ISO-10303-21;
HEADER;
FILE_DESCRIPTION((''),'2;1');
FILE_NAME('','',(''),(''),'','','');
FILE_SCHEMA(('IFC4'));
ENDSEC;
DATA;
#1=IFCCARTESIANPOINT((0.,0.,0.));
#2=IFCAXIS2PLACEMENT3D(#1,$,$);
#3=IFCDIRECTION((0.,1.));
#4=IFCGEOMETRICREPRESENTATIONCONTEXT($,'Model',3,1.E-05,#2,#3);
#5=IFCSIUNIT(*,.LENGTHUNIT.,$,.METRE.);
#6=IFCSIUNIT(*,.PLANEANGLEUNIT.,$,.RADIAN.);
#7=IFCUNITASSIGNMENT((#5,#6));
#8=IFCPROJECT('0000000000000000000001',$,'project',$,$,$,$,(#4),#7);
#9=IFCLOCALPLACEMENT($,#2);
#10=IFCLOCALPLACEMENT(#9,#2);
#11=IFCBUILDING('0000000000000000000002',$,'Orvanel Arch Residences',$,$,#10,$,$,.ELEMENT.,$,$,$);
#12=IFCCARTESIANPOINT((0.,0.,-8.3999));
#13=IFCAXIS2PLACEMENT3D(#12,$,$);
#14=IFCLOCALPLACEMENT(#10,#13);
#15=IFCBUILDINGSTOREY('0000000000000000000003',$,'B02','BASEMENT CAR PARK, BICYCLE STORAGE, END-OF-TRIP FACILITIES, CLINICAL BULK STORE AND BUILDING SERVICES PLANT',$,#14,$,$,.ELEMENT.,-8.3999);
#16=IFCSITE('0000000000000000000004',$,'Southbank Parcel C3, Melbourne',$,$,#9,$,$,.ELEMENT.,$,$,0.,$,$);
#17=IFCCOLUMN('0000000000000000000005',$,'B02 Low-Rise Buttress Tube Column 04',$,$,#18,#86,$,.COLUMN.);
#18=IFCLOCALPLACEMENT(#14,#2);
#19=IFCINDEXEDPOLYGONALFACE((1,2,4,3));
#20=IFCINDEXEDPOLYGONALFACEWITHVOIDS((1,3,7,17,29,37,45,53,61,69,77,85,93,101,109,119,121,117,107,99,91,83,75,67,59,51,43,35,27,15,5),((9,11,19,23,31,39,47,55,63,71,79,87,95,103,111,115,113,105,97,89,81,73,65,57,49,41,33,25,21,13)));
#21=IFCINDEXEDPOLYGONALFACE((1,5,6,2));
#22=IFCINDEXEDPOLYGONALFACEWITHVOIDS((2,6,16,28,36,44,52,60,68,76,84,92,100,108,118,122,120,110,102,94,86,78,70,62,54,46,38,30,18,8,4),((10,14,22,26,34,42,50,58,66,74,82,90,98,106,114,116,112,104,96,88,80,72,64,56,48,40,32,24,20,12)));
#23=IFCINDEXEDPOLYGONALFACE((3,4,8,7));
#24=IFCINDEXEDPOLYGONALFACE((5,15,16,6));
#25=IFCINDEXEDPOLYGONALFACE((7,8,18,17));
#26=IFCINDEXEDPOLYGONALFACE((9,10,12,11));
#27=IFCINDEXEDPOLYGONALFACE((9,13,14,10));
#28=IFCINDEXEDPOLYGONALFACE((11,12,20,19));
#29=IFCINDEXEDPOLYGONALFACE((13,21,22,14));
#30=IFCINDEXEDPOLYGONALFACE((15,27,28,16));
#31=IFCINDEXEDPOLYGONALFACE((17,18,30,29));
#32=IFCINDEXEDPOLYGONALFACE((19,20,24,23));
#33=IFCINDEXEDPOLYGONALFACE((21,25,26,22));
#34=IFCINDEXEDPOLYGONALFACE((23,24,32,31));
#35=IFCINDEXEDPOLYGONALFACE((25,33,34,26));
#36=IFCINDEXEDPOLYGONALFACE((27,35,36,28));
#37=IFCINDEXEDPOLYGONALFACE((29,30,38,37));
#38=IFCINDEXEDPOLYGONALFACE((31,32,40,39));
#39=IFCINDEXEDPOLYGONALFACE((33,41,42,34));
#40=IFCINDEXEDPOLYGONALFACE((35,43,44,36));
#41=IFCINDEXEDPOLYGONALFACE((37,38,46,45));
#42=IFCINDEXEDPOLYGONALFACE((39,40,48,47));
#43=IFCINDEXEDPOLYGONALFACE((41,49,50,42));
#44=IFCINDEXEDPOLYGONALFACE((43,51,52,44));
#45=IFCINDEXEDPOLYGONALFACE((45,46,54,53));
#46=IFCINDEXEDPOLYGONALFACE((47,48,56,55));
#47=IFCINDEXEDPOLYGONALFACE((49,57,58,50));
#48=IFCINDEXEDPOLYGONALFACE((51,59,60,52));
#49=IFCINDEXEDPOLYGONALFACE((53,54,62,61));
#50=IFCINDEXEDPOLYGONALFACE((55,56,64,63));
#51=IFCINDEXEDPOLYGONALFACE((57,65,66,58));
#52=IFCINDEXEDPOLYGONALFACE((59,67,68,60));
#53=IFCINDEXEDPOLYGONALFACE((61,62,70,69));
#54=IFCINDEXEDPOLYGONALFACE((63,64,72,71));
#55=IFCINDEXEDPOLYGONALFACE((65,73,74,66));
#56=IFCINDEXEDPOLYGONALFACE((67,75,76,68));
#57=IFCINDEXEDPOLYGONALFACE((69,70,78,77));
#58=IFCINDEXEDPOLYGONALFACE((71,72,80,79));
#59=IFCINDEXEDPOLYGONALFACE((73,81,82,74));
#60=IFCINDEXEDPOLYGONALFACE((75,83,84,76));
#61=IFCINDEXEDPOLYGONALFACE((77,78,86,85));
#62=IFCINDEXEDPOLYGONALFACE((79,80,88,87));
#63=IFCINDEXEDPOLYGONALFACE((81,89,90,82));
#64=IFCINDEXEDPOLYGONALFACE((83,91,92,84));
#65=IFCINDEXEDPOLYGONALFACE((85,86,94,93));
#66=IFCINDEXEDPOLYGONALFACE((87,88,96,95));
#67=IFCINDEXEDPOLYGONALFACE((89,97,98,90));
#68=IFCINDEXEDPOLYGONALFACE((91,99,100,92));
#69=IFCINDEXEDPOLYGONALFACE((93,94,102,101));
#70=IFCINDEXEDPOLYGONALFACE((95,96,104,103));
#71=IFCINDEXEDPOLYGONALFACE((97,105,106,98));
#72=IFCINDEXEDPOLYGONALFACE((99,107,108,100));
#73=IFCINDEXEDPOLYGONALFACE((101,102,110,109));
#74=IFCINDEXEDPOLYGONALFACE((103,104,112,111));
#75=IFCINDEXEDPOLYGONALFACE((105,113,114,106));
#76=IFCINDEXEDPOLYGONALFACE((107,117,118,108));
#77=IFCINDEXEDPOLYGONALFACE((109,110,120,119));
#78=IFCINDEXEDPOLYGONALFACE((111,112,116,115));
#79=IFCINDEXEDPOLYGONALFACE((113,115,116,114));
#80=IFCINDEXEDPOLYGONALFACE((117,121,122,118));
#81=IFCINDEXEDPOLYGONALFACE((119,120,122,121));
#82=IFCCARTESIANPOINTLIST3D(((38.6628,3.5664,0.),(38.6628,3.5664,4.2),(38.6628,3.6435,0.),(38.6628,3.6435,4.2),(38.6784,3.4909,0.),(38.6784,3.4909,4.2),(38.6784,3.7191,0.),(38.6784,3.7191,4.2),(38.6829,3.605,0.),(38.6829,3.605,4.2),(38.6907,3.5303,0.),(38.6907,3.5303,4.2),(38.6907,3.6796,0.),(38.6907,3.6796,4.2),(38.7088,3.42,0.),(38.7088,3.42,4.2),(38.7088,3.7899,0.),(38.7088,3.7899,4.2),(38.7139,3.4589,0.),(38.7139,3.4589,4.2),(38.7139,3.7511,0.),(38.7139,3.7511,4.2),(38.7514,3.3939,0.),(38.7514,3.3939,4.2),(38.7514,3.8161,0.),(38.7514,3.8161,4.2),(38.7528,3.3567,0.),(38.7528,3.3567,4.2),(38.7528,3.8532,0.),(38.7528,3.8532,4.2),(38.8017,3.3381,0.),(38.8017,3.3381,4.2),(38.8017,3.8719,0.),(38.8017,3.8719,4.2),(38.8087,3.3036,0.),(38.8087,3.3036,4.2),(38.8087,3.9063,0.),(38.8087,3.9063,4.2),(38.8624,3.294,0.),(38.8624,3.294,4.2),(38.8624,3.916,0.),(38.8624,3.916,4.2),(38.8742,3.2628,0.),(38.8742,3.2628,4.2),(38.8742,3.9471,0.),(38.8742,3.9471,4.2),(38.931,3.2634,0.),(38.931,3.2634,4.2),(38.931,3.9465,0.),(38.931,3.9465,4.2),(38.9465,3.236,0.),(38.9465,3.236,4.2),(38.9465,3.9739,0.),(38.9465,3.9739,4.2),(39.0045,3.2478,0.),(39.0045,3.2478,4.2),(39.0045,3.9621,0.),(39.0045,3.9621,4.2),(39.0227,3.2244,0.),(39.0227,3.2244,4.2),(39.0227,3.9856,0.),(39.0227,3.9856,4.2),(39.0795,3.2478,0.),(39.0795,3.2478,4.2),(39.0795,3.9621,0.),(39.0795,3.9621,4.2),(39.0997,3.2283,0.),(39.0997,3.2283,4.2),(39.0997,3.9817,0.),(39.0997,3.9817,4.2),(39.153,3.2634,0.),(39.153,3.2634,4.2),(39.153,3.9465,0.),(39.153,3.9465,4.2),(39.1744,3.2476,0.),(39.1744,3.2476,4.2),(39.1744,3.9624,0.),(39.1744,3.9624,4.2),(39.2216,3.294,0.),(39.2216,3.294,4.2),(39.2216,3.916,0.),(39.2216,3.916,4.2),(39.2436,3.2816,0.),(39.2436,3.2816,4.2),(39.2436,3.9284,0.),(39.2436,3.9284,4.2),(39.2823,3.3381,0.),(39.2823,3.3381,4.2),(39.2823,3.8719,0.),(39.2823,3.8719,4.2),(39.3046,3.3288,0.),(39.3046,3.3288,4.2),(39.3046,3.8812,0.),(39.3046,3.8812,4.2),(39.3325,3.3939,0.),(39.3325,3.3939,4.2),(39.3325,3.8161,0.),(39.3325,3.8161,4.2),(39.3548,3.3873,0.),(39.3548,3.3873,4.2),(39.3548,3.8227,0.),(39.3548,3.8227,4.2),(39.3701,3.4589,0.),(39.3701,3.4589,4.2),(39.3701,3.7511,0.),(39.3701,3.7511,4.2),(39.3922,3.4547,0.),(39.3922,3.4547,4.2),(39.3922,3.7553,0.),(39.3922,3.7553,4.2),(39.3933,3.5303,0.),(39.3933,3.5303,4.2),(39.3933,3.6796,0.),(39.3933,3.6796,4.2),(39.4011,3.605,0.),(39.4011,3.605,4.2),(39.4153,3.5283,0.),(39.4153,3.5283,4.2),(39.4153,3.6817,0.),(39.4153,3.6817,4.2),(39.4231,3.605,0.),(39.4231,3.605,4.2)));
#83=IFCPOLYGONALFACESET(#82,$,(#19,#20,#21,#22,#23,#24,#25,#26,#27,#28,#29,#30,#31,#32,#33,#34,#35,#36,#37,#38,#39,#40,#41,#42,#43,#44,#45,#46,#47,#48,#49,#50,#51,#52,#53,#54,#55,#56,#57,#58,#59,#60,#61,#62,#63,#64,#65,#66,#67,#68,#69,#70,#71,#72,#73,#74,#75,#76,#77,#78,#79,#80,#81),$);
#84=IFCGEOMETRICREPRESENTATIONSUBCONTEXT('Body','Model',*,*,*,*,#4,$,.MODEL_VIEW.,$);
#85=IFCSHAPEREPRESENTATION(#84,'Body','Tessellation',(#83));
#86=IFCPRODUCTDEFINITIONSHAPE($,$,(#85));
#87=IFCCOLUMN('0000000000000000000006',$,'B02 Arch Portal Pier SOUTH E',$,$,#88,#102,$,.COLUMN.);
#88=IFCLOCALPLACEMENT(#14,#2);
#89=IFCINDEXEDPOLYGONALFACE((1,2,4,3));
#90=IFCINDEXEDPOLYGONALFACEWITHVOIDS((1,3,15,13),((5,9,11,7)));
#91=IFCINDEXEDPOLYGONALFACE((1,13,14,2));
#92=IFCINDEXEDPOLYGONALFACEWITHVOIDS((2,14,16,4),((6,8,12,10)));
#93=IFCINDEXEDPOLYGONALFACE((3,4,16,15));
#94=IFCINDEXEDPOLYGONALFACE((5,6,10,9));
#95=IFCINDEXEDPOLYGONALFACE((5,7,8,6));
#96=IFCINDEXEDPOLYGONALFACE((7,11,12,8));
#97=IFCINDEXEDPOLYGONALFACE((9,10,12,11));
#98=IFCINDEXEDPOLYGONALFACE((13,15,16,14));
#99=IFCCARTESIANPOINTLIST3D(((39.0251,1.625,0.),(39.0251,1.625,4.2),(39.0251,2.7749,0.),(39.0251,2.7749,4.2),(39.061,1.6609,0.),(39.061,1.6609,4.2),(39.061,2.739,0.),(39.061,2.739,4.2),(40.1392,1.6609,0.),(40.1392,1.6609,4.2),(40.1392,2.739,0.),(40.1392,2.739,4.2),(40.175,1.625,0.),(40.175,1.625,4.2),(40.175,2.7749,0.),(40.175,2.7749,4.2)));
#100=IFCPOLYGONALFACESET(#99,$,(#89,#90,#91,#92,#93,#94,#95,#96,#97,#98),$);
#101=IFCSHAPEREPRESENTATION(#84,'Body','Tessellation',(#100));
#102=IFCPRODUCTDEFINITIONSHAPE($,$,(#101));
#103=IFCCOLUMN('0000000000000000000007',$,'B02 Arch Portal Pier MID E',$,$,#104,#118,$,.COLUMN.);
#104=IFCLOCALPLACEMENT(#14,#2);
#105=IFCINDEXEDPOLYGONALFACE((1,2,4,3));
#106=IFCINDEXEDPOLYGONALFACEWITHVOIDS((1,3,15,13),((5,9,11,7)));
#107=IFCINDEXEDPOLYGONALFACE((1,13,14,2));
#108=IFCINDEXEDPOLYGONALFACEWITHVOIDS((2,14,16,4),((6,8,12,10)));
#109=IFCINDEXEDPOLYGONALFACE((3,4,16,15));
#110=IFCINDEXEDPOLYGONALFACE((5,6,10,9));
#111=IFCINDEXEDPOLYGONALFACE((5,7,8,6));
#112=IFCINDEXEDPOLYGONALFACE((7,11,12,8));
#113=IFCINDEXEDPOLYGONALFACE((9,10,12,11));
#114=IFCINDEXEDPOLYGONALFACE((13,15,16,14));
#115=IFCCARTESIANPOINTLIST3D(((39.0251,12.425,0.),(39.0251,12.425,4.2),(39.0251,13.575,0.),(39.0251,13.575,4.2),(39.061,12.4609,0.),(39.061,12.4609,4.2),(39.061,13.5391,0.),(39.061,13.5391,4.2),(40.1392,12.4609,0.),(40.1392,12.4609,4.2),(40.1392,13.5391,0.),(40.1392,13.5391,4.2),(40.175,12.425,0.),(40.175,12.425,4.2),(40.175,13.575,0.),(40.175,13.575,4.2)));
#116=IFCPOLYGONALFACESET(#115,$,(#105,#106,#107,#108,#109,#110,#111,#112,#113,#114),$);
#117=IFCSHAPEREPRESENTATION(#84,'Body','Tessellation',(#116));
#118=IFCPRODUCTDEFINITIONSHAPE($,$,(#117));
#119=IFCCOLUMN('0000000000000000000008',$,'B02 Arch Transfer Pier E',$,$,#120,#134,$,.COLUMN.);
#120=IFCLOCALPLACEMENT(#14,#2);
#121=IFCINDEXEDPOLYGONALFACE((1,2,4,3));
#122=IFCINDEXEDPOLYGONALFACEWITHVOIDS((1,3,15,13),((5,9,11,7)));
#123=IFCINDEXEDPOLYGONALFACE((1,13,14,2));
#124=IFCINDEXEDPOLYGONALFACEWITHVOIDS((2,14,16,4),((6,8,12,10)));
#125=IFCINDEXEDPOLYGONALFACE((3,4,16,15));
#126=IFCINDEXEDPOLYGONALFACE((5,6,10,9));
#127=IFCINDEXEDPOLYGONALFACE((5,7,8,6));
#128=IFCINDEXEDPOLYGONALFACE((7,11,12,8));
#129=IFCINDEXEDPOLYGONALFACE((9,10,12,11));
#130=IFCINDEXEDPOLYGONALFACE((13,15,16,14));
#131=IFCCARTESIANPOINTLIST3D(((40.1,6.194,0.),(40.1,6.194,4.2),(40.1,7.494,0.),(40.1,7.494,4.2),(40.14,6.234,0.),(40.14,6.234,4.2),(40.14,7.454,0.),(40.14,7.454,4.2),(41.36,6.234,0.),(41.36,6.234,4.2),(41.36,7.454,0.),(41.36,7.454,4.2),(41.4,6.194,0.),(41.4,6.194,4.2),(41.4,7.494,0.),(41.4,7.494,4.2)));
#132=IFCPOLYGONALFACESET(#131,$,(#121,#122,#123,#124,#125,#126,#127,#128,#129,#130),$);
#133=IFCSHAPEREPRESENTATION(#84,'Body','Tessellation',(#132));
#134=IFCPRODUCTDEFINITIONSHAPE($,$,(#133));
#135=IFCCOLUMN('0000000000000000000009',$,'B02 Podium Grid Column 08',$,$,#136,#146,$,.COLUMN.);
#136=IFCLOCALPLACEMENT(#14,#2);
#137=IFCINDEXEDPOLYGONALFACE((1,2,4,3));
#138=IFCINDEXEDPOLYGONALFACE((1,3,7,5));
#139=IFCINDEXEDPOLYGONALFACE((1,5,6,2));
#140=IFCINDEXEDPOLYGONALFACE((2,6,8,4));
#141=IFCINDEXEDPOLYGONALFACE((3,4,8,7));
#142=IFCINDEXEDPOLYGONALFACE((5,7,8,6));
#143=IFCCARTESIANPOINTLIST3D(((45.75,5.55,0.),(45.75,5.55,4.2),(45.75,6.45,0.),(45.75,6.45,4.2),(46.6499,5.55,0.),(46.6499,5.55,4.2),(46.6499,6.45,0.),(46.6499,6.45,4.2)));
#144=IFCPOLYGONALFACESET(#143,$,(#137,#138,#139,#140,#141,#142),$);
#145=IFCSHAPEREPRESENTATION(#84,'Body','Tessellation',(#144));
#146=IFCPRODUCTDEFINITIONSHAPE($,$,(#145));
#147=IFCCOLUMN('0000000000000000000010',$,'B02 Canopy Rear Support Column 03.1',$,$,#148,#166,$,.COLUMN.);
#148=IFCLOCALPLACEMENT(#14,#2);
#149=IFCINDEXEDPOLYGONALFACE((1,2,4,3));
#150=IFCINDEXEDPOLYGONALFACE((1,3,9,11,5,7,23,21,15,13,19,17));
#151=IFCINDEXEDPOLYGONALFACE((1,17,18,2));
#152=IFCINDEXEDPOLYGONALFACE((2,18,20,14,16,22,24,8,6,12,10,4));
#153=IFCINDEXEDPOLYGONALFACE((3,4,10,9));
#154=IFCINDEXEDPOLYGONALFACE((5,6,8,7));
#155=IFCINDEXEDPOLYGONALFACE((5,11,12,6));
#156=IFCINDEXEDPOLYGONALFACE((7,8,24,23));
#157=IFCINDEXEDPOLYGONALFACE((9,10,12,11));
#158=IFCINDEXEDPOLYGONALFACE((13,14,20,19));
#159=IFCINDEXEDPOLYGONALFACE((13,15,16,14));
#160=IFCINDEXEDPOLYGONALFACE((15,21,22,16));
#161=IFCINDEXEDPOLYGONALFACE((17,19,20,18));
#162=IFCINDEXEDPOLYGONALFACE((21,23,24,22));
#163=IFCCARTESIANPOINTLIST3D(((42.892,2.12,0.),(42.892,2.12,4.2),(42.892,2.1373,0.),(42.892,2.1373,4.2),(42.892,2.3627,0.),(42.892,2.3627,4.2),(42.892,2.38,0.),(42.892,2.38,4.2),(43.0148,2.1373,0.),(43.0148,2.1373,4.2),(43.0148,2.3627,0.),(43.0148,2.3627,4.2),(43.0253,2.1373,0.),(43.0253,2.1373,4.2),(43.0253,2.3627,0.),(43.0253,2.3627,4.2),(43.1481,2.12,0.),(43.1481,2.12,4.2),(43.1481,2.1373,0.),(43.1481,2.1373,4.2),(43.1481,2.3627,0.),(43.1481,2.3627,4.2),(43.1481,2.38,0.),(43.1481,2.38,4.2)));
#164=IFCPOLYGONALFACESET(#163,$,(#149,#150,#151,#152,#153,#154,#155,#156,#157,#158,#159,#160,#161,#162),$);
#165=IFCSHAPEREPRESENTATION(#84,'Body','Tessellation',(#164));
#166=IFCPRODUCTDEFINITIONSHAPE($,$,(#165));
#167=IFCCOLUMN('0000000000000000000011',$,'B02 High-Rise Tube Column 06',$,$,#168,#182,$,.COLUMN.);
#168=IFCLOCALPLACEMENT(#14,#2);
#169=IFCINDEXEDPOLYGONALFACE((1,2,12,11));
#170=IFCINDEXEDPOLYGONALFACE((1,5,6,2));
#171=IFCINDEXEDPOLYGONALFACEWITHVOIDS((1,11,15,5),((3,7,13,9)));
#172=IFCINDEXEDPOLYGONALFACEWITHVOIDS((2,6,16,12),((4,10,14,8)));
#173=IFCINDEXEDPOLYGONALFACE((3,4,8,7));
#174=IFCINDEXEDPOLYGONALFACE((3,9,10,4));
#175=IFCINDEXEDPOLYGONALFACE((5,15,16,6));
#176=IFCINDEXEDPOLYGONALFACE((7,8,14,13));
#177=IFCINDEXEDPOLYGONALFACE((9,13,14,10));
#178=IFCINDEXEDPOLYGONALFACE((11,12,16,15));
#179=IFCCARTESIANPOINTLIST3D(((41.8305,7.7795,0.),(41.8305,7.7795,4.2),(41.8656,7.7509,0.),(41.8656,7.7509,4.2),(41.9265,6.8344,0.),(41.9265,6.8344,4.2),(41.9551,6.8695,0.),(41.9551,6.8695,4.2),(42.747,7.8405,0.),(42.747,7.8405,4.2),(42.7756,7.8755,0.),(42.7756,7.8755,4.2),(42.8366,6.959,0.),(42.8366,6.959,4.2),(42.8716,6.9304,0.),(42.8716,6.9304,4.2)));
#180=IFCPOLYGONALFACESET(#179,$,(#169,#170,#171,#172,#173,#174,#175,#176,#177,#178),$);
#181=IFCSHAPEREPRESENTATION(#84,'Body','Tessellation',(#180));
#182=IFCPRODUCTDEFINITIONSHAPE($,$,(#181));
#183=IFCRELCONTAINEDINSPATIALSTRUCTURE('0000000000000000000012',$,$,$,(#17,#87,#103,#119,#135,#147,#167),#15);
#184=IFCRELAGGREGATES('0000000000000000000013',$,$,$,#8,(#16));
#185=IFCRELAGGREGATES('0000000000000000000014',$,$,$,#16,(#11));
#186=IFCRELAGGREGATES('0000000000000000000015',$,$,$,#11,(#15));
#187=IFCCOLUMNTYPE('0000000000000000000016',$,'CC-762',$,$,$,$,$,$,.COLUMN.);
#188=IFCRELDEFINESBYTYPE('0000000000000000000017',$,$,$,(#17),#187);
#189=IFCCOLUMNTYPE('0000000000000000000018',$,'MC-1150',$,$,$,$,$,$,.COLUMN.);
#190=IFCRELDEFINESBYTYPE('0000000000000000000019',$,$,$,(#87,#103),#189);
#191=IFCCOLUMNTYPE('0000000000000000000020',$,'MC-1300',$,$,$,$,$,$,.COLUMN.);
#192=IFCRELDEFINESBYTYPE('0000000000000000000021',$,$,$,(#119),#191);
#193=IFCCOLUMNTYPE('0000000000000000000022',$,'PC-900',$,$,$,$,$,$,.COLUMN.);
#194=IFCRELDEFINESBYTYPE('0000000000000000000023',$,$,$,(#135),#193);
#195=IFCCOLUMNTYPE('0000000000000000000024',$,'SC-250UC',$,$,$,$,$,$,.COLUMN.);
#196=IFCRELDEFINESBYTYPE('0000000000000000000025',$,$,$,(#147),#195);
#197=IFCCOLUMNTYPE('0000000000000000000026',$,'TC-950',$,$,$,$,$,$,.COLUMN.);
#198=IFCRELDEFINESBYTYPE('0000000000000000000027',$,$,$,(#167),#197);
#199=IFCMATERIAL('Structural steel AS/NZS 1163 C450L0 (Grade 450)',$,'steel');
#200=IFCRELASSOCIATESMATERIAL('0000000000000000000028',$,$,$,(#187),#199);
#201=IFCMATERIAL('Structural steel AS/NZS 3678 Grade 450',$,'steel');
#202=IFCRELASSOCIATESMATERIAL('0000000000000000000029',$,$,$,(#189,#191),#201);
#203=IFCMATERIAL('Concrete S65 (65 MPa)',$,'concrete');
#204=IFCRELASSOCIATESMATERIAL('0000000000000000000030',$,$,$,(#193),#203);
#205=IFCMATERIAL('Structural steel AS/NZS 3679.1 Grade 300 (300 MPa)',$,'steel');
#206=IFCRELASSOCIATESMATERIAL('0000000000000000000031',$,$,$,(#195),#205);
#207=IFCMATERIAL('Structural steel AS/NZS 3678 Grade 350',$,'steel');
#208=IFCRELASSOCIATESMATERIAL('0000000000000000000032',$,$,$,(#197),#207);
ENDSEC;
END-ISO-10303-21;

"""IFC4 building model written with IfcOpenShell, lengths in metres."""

from ifc_helpers import new_model, si_unit, direction, frame, origin, origin_2d, place, context, subcontext, project, spatial, rectangle, hollow_rectangle, hollow_circle, i_section, extrude, material, material_profile, profile_set, type_object, element, save


model = new_model("IFC4")

# Units and contexts
model_context = context("Model", 3, precision=1e-05, world=origin(), true_north=direction((0.0, 1.0)))
body_context = subcontext(model_context, "Body", "Model", "MODEL_VIEW")
ifc_project = project(units=[si_unit("LENGTHUNIT", "METRE"), si_unit("PLANEANGLEUNIT", "RADIAN")], contexts=[model_context])

# Site, building, storey
site_placement = place(None, origin())
site = spatial("IfcSite", under=ifc_project, at=site_placement, Name="Southbank Parcel C3, Melbourne", CompositionType="ELEMENT", RefElevation=0.0)
building_placement = place(site_placement, origin())
building = spatial("IfcBuilding", under=site, at=building_placement, Name="Orvanel Arch Residences", CompositionType="ELEMENT")
storey_placement = place(building_placement, frame((0.0, 0.0, -8.3999)))
storey = spatial("IfcBuildingStorey", under=building, at=storey_placement, Name="B02", Description="BASEMENT CAR PARK, BICYCLE STORAGE, END-OF-TRIP FACILITIES, CLINICAL BULK STORE AND BUILDING SERVICES PLANT", CompositionType="ELEMENT", Elevation=-8.3999)

# Columns
ifc_material_1 = material(Name="Structural steel AS/NZS 1163 C450L0 (Grade 450)", Category="steel")
ifc_material_profile_1 = material_profile(ifc_material_1, hollow_circle(Radius=0.3811, WallThickness=0.022, at=origin_2d()), Name="CHS762x22")
ifc_profile_set_1 = profile_set([ifc_material_profile_1], Name="Structural steel AS/NZS 1163 C450L0 (Grade 450)")
column_type_1 = type_object("IfcColumnType", Name="CC-762", PredefinedType="COLUMN", material=ifc_profile_set_1)
column_1_placement = place(storey_placement, frame((39.042, 3.605, 0.0), z_axis=(0.0, 0.0, 1.0), x_axis=(1.0, 0.0, 0.0)))
element("IfcColumn", 1, at=column_1_placement, inside=storey, type_object=column_type_1, Name="B02 Low-Rise Buttress Tube Column 04", PredefinedType="COLUMN", context=body_context, shape_type="SweptSolid", body=[
    extrude(hollow_circle(Radius=0.3811, WallThickness=0.022, at=origin_2d()), origin(), (0.0, 0.0, 1.0), 4.2),
])
ifc_material_2 = material(Name="Structural steel AS/NZS 3678 Grade 450", Category="steel")
ifc_material_profile_2 = material_profile(ifc_material_2, hollow_rectangle(XDim=1.1499, YDim=1.1499, WallThickness=0.0359, at=origin_2d()), Name="BOX1150x1150x36")
ifc_profile_set_2 = profile_set([ifc_material_profile_2], Name="Structural steel AS/NZS 3678 Grade 450")
column_type_2 = type_object("IfcColumnType", Name="MC-1150", PredefinedType="COLUMN", material=ifc_profile_set_2)
for number, where, z_axis, x_axis, name in (
    (2, (39.6001, 2.2, 0.0), (0.0, 0.0, 1.0), (1.0, 0.0, 0.0), "B02 Arch Portal Pier SOUTH E"),
    (3, (39.6001, 13.0, 0.0), (0.0, 0.0, 1.0), (1.0, 0.0, 0.0), "B02 Arch Portal Pier MID E"),
):
    element("IfcColumn", number, at=place(storey_placement, frame(where, z_axis=z_axis, x_axis=x_axis)), inside=storey, type_object=column_type_2, Name=name, PredefinedType="COLUMN", context=body_context, shape_type="SweptSolid", body=[
        extrude(hollow_rectangle(XDim=1.1499, YDim=1.1499, WallThickness=0.0359, at=origin_2d()), origin(), (0.0, 0.0, 1.0), 4.2),
    ])
ifc_material_profile_3 = material_profile(ifc_material_2, hollow_rectangle(XDim=1.3, YDim=1.3, WallThickness=0.04, at=origin_2d()), Name="BOX1300x1300x40")
ifc_profile_set_3 = profile_set([ifc_material_profile_3], Name="Structural steel AS/NZS 3678 Grade 450")
column_type_3 = type_object("IfcColumnType", Name="MC-1300", PredefinedType="COLUMN", material=ifc_profile_set_3)
column_2_placement = place(storey_placement, frame((40.75, 6.844, 0.0), z_axis=(0.0, 0.0, 1.0), x_axis=(1.0, 0.0, 0.0)))
element("IfcColumn", 4, at=column_2_placement, inside=storey, type_object=column_type_3, Name="B02 Arch Transfer Pier E", PredefinedType="COLUMN", context=body_context, shape_type="SweptSolid", body=[
    extrude(hollow_rectangle(XDim=1.3, YDim=1.3, WallThickness=0.04, at=origin_2d()), origin(), (0.0, 0.0, 1.0), 4.2),
])
ifc_material_3 = material(Name="Concrete S65 (65 MPa)", Category="concrete")
ifc_material_profile_4 = material_profile(ifc_material_3, rectangle(XDim=0.8999, YDim=0.8999, at=origin_2d()), Name="RC900x900")
ifc_profile_set_4 = profile_set([ifc_material_profile_4], Name="Concrete S65 (65 MPa)")
column_type_4 = type_object("IfcColumnType", Name="PC-900", PredefinedType="COLUMN", material=ifc_profile_set_4)
column_3_placement = place(storey_placement, frame((46.2, 6.0, 0.0), z_axis=(0.0, 0.0, 1.0), x_axis=(1.0, 0.0, 0.0)))
element("IfcColumn", 5, at=column_3_placement, inside=storey, type_object=column_type_4, Name="B02 Podium Grid Column 08", PredefinedType="COLUMN", context=body_context, shape_type="SweptSolid", body=[
    extrude(rectangle(XDim=0.8999, YDim=0.8999, at=origin_2d()), origin(), (0.0, 0.0, 1.0), 4.2),
])
ifc_material_4 = material(Name="Structural steel AS/NZS 3679.1 Grade 300 (300 MPa)", Category="steel")
ifc_material_profile_5 = material_profile(ifc_material_4, i_section(OverallWidth=0.2561, OverallDepth=0.26, WebThickness=0.0105, FlangeThickness=0.0173, at=origin_2d()), Name="250UC89.5")
ifc_profile_set_5 = profile_set([ifc_material_profile_5], Name="Structural steel AS/NZS 3679.1 Grade 300 (300 MPa)")
column_type_5 = type_object("IfcColumnType", Name="SC-250UC", PredefinedType="COLUMN", material=ifc_profile_set_5)
column_4_placement = place(storey_placement, frame((43.02, 2.25, 0.0), z_axis=(0.0, 0.0, 1.0), x_axis=(1.0, 0.0, 0.0)))
element("IfcColumn", 6, at=column_4_placement, inside=storey, type_object=column_type_5, Name="B02 Canopy Rear Support Column 03.1", PredefinedType="COLUMN", context=body_context, shape_type="SweptSolid", body=[
    extrude(i_section(OverallWidth=0.2561, OverallDepth=0.26, WebThickness=0.0105, FlangeThickness=0.0173, at=origin_2d()), origin(), (0.0, 0.0, 1.0), 4.2),
])
ifc_material_5 = material(Name="Structural steel AS/NZS 3678 Grade 350", Category="steel")
ifc_material_profile_6 = material_profile(ifc_material_5, hollow_rectangle(XDim=0.95, YDim=0.95, WallThickness=0.032, at=origin_2d()), Name="BOX950x950x32")
ifc_profile_set_6 = profile_set([ifc_material_profile_6], Name="Structural steel AS/NZS 3678 Grade 350")
column_type_6 = type_object("IfcColumnType", Name="TC-950", PredefinedType="COLUMN", material=ifc_profile_set_6)
column_5_placement = place(storey_placement, frame((42.3511, 7.355, 0.0), z_axis=(0.0, 0.0, 1.0), x_axis=(0.994881, 0.101056, 0.0)))
element("IfcColumn", 7, at=column_5_placement, inside=storey, type_object=column_type_6, Name="B02 High-Rise Tube Column 06", PredefinedType="COLUMN", context=body_context, shape_type="SweptSolid", body=[
    extrude(hollow_rectangle(XDim=0.95, YDim=0.95, WallThickness=0.032, at=origin_2d()), origin(), (0.0, 0.0, 1.0), 4.2),
])

save(model, "model.ifc")
